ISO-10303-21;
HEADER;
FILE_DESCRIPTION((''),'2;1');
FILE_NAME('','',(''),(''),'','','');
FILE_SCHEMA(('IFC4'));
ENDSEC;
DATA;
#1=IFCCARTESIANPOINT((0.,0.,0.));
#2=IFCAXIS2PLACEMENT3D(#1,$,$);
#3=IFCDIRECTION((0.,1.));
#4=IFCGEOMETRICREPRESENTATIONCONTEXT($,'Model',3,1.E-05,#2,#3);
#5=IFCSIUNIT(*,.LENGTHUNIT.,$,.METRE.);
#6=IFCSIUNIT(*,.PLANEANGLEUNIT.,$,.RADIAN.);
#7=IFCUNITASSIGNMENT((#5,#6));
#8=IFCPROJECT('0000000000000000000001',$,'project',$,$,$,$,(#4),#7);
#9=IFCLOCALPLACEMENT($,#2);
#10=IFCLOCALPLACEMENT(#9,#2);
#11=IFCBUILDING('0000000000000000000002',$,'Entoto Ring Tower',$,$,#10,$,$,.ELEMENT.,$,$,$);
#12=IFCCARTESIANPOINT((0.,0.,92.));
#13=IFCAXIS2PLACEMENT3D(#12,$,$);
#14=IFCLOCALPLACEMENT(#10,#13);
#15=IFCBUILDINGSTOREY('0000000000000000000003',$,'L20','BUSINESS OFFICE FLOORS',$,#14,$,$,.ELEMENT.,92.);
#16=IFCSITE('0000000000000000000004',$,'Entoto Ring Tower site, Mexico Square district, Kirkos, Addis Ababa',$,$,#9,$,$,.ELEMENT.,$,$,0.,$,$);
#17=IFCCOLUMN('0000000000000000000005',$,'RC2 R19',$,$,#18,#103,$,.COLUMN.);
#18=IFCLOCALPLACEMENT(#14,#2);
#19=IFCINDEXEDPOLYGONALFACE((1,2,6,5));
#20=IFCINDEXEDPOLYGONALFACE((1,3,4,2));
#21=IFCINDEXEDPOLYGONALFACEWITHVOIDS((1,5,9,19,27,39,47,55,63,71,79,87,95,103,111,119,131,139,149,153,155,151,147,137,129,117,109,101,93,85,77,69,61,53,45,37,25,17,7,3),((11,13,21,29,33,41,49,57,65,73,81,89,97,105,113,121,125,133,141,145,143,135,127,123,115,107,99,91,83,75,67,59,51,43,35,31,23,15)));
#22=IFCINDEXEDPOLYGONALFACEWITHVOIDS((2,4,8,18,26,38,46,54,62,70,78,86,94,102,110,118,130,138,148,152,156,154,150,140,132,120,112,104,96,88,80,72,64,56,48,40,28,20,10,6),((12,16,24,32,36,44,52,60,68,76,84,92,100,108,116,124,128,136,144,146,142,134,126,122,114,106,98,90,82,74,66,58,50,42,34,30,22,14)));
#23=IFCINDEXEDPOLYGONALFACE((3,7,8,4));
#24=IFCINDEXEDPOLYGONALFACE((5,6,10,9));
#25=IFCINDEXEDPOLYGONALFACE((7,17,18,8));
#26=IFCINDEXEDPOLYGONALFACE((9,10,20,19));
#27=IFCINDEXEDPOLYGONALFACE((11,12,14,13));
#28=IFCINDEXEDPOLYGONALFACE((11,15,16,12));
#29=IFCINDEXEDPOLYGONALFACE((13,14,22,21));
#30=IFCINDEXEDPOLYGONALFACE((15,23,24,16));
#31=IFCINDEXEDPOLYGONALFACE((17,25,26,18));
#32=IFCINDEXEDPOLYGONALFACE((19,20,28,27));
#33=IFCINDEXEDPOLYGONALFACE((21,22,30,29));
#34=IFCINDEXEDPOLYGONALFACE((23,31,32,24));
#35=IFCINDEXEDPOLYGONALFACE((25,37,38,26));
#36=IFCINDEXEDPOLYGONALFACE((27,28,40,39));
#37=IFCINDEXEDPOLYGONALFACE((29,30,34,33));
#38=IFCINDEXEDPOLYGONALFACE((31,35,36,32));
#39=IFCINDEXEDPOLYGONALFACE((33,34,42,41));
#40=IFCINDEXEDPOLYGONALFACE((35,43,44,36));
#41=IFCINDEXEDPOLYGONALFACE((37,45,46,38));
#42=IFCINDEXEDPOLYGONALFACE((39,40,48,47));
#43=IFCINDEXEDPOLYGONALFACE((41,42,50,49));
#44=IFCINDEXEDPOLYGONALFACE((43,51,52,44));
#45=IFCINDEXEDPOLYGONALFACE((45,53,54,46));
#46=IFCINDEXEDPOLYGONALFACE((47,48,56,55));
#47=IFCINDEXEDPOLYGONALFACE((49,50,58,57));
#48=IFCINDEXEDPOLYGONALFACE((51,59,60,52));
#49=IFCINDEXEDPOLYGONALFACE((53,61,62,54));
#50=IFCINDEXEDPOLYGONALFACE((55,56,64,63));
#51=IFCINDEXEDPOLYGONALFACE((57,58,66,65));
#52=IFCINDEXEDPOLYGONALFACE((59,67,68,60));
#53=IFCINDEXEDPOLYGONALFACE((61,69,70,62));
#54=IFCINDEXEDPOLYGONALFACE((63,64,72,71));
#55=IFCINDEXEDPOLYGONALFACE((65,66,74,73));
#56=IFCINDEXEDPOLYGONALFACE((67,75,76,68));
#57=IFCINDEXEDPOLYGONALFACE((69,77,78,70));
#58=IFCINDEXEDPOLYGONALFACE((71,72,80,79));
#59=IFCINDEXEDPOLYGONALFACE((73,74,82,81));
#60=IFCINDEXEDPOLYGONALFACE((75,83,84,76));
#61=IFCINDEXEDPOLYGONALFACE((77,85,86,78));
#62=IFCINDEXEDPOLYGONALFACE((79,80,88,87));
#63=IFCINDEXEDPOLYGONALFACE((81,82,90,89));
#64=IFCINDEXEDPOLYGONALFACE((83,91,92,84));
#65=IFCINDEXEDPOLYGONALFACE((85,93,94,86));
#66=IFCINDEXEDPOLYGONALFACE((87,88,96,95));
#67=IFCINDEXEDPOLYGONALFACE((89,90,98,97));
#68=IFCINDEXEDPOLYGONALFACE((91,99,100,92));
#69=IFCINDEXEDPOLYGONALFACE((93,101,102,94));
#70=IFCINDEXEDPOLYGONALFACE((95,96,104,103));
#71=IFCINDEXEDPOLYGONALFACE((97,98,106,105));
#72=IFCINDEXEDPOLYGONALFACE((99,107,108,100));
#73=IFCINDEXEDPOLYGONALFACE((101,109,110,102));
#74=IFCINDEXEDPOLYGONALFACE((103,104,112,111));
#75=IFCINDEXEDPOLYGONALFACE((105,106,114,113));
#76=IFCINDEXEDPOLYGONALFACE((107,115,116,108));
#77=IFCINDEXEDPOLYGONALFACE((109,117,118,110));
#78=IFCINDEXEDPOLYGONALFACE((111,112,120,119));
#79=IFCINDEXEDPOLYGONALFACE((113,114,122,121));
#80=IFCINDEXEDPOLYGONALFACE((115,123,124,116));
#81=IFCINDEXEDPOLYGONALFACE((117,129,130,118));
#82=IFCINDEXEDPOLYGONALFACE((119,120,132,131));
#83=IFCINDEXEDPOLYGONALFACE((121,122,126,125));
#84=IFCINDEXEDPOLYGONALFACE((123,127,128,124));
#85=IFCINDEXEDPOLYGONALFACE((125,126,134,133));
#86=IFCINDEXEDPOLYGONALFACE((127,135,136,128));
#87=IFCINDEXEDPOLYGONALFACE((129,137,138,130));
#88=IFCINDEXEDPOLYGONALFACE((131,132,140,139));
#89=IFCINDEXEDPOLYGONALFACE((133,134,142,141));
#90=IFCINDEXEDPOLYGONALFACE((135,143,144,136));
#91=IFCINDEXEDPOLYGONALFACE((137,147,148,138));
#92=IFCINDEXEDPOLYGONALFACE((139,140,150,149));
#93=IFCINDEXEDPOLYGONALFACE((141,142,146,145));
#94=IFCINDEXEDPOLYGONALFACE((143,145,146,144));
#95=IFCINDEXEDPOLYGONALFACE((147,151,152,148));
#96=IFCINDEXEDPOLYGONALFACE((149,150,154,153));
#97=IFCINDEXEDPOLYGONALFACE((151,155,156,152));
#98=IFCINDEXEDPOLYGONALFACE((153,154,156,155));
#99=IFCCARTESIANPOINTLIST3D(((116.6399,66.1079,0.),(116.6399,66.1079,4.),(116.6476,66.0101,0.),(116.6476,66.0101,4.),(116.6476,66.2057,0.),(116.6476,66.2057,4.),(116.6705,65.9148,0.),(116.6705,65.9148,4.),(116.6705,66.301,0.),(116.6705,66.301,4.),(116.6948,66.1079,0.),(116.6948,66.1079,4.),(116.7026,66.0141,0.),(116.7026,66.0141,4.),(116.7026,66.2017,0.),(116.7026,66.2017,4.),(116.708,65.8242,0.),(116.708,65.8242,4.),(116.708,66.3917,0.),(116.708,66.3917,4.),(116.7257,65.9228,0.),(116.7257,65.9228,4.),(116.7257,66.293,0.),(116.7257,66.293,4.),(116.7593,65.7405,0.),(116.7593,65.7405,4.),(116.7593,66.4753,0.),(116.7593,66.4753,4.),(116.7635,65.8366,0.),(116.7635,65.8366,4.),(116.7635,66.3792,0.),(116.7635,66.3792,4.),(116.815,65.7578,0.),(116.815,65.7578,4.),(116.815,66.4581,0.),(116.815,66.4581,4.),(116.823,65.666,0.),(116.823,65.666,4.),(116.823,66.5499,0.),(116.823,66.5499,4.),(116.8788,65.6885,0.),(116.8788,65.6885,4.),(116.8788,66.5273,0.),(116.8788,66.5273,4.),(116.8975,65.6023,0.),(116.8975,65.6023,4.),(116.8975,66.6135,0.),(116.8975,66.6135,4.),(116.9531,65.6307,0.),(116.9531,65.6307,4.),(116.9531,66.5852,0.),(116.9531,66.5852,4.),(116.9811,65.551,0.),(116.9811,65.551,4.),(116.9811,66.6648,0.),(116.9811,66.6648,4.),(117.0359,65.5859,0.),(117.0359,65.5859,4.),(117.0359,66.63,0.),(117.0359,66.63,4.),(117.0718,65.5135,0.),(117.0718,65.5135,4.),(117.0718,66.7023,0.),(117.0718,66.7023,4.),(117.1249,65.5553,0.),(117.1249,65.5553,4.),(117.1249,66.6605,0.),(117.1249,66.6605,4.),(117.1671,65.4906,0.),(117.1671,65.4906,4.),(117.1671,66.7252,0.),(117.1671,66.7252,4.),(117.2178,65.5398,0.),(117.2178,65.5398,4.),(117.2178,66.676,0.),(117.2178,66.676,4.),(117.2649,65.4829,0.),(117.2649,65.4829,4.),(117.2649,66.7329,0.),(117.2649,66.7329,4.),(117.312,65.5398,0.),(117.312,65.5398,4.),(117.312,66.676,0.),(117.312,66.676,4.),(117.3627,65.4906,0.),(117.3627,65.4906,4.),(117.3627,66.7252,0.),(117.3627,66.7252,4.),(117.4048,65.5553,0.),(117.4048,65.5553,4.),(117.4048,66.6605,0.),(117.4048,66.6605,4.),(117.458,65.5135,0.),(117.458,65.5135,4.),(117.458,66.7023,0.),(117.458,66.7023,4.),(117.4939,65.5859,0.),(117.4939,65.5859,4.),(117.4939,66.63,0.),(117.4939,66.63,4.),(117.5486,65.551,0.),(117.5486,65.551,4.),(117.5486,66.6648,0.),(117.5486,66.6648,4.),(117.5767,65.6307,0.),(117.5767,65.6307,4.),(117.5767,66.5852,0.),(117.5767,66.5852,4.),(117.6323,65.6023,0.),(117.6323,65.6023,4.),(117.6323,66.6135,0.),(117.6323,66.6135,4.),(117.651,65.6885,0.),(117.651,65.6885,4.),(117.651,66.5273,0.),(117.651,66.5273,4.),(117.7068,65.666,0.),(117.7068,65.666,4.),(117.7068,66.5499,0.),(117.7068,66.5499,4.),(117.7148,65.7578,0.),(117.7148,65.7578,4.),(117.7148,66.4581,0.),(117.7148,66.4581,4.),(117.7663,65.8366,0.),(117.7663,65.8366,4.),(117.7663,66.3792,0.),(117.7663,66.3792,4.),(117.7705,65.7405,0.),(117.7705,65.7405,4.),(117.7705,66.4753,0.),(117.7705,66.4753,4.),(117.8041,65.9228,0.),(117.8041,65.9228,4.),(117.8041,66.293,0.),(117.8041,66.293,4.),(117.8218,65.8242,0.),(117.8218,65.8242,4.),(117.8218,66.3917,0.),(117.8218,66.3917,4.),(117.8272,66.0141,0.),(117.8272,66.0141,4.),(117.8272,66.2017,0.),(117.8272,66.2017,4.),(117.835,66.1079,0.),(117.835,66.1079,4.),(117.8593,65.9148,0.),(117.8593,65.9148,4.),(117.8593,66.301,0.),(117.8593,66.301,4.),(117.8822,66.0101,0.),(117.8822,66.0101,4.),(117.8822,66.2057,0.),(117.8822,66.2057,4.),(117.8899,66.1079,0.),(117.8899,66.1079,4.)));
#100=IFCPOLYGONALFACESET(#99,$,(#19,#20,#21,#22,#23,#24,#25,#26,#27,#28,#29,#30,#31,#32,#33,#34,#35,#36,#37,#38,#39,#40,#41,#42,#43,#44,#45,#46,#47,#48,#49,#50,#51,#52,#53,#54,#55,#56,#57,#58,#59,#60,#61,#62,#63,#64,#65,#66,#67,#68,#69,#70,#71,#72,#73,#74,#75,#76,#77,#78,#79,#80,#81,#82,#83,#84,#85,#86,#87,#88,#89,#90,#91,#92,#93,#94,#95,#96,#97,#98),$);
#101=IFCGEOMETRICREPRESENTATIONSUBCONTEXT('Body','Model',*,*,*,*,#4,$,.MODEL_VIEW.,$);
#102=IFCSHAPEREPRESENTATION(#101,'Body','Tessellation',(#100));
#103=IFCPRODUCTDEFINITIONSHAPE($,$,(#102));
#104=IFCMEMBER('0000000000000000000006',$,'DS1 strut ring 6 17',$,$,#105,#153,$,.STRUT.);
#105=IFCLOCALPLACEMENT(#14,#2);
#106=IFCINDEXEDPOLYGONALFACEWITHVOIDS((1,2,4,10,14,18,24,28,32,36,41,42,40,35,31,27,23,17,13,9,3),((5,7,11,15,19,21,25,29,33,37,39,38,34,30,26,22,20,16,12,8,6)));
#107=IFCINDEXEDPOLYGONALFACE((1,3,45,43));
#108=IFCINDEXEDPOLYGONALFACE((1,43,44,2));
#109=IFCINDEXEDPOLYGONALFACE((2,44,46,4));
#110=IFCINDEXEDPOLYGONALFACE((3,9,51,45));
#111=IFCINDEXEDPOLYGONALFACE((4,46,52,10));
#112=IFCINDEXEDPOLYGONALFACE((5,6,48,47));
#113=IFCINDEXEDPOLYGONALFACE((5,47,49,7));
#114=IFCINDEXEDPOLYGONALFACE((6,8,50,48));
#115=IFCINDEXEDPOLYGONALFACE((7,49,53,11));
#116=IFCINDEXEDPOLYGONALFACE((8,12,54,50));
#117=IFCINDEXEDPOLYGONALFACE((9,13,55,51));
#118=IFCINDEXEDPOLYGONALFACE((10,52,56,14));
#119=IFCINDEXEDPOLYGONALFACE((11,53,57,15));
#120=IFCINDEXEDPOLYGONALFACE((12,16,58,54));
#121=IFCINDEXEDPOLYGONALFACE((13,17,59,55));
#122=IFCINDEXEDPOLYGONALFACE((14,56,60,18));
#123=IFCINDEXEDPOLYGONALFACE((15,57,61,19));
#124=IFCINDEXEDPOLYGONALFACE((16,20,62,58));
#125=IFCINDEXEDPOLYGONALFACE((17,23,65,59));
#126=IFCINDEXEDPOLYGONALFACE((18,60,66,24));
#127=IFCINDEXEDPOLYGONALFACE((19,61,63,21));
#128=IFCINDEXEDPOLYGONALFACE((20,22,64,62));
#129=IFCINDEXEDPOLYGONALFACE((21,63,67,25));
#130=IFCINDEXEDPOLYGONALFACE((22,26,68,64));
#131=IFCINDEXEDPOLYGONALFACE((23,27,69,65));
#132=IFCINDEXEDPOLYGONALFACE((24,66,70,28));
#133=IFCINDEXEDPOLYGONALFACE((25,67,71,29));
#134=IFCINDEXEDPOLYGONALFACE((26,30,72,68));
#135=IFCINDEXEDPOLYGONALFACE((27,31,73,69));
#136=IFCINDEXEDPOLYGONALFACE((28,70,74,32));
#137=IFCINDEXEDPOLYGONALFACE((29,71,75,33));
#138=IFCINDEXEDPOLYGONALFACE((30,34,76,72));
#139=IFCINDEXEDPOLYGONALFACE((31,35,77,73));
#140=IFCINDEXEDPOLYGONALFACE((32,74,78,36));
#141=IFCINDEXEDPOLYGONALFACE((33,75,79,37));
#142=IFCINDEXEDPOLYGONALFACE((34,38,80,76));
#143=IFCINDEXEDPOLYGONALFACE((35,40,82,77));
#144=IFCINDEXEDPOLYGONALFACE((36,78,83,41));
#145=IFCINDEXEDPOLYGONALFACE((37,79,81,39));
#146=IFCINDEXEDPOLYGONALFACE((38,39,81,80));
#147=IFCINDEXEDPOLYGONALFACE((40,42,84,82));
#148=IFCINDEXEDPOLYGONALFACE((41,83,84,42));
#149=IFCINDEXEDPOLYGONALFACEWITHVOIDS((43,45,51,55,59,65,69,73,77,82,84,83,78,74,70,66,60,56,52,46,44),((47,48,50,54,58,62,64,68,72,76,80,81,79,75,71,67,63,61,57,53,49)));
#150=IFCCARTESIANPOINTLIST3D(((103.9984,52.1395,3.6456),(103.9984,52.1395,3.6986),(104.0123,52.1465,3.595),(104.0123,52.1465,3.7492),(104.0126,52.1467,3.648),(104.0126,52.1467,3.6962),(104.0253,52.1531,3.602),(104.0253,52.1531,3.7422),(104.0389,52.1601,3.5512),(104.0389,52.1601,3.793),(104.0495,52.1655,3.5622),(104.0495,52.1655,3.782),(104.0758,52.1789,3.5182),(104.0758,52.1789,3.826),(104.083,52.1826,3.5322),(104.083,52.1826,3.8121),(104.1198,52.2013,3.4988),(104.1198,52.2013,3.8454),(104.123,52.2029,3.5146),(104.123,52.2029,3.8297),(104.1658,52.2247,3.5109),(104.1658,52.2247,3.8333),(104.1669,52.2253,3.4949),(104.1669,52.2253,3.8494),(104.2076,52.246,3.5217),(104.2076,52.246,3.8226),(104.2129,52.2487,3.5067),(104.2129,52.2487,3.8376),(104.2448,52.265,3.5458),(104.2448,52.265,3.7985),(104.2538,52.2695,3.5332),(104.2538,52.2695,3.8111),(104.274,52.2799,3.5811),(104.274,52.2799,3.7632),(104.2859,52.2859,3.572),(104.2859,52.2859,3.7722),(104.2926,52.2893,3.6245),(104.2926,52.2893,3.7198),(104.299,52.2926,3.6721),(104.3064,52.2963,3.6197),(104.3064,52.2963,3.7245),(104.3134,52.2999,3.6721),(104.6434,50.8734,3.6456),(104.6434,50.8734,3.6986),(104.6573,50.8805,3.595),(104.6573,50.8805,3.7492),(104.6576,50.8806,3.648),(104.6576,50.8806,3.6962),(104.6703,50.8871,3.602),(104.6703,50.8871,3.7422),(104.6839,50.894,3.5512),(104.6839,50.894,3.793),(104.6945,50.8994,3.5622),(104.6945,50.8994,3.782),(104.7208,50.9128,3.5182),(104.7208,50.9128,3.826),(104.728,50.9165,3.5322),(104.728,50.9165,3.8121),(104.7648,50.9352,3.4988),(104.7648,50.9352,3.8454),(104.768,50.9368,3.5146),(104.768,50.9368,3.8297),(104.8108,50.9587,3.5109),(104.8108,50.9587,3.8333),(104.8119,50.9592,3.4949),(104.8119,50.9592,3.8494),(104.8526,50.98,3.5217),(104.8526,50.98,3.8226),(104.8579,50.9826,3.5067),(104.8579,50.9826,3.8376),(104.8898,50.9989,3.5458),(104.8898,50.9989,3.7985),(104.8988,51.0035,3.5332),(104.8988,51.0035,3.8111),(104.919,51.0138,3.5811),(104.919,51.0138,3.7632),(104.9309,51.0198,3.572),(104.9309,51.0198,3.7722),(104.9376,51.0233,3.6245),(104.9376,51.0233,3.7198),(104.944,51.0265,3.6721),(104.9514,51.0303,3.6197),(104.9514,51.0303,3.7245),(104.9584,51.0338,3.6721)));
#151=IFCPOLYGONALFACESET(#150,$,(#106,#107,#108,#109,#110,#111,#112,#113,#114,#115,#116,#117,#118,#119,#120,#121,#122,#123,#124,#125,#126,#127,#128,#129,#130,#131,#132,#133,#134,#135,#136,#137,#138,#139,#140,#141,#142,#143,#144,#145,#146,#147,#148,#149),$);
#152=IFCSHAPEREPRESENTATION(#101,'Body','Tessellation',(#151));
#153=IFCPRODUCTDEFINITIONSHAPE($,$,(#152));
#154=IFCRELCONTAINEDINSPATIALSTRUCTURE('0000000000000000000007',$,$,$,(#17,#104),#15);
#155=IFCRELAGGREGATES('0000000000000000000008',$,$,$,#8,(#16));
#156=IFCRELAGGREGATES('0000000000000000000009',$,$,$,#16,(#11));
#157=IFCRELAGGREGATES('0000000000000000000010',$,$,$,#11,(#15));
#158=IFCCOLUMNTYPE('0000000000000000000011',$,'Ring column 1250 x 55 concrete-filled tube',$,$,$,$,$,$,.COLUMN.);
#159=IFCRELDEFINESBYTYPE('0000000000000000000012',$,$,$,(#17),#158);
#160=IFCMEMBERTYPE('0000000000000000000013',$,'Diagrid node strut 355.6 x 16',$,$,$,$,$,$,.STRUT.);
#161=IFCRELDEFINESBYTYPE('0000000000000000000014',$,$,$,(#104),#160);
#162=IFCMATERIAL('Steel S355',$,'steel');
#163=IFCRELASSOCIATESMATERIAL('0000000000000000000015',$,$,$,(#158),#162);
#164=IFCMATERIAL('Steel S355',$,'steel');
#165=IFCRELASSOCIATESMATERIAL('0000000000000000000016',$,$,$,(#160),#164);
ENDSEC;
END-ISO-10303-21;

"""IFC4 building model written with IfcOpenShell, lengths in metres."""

from ifc_helpers import new_model, si_unit, direction, frame, origin, origin_2d, place, context, subcontext, project, spatial, circle, hollow_circle, extrude, material, material_profile, profile_set, type_object, element, save


model = new_model("IFC4")

# Units and contexts
model_context = context("Model", 3, precision=1e-05, world=origin(), true_north=direction((0.0, 1.0)))
body_context = subcontext(model_context, "Body", "Model", "MODEL_VIEW")
ifc_project = project(units=[si_unit("LENGTHUNIT", "METRE"), si_unit("PLANEANGLEUNIT", "RADIAN")], contexts=[model_context])

# Site, building, storey
site_placement = place(None, origin())
site = spatial("IfcSite", under=ifc_project, at=site_placement, Name="Entoto Ring Tower site, Mexico Square district, Kirkos, Addis Ababa", CompositionType="ELEMENT", RefElevation=0.0)
building_placement = place(site_placement, origin())
building = spatial("IfcBuilding", under=site, at=building_placement, Name="Entoto Ring Tower", CompositionType="ELEMENT")
storey_placement = place(building_placement, frame((0.0, 0.0, 92.0)))
storey = spatial("IfcBuildingStorey", under=building, at=storey_placement, Name="L20", Description="BUSINESS OFFICE FLOORS", CompositionType="ELEMENT", Elevation=92.0)

# Column
ifc_material_1 = material(Name="Steel S355", Category="steel")
ifc_material_profile_1 = material_profile(ifc_material_1, hollow_circle(Radius=0.625, WallThickness=0.0549, at=origin_2d()), Name="CHS 1250 x 55")
ifc_material_2 = material(Name="Concrete C60/75", Category="concrete")
ifc_material_profile_2 = material_profile(ifc_material_2, circle(Radius=0.5701, at=origin_2d()), Name="Concrete C60/75 infill")
ifc_profile_set_1 = profile_set([ifc_material_profile_1, ifc_material_profile_2], Name="Steel S355")
column_type = type_object("IfcColumnType", Name="Ring column 1250 x 55 concrete-filled tube", PredefinedType="COLUMN", material=ifc_profile_set_1)
for number, where, z_axis, x_axis, name in (
    (1, (117.2649, 66.1079, 0.0), (0.0, 0.0, 1.0), (1.0, 0.0, 0.0), "RC2 R19"),
):
    element("IfcColumn", number, at=place(storey_placement, frame(where, z_axis=z_axis, x_axis=x_axis)), inside=storey, type_object=column_type, Name=name, PredefinedType="COLUMN", context=body_context, shape_type="SweptSolid", body=[
        extrude(hollow_circle(Radius=0.625, WallThickness=0.0549, at=origin_2d()), origin(), (0.0, 0.0, 1.0), 4.0),
    ])

# Member
ifc_material_3 = material(Name="Steel S355", Category="steel")
ifc_material_profile_3 = material_profile(ifc_material_3, hollow_circle(Radius=0.1777, WallThickness=0.0161, at=origin_2d()), Name="CHS 355.6 x 16")
ifc_material_4 = material(Name="Concrete C60/75", Category="concrete")
ifc_material_profile_4 = material_profile(ifc_material_4, circle(Radius=0.1619, at=origin_2d()), Name="Concrete C60/75 infill")
ifc_profile_set_2 = profile_set([ifc_material_profile_3, ifc_material_profile_4], Name="Steel S355")
member_type = type_object("IfcMemberType", Name="Diagrid node strut 355.6 x 16", PredefinedType="STRUT", material=ifc_profile_set_2)
member_1_placement = place(storey_placement, frame((104.155, 52.2192, 3.6721), z_axis=(0.453936, -0.891034, 0.0), x_axis=(0.891034, 0.453936, 0.0)))
element("IfcMember", 2, at=member_1_placement, inside=storey, type_object=member_type, Name="DS1 strut ring 6 17", PredefinedType="STRUT", context=body_context, shape_type="SweptSolid", body=[
    extrude(hollow_circle(Radius=0.1777, WallThickness=0.0161, at=origin_2d()), origin(), (0.0, 0.0, 1.0), 1.4209),
])

save(model, "model.ifc")
